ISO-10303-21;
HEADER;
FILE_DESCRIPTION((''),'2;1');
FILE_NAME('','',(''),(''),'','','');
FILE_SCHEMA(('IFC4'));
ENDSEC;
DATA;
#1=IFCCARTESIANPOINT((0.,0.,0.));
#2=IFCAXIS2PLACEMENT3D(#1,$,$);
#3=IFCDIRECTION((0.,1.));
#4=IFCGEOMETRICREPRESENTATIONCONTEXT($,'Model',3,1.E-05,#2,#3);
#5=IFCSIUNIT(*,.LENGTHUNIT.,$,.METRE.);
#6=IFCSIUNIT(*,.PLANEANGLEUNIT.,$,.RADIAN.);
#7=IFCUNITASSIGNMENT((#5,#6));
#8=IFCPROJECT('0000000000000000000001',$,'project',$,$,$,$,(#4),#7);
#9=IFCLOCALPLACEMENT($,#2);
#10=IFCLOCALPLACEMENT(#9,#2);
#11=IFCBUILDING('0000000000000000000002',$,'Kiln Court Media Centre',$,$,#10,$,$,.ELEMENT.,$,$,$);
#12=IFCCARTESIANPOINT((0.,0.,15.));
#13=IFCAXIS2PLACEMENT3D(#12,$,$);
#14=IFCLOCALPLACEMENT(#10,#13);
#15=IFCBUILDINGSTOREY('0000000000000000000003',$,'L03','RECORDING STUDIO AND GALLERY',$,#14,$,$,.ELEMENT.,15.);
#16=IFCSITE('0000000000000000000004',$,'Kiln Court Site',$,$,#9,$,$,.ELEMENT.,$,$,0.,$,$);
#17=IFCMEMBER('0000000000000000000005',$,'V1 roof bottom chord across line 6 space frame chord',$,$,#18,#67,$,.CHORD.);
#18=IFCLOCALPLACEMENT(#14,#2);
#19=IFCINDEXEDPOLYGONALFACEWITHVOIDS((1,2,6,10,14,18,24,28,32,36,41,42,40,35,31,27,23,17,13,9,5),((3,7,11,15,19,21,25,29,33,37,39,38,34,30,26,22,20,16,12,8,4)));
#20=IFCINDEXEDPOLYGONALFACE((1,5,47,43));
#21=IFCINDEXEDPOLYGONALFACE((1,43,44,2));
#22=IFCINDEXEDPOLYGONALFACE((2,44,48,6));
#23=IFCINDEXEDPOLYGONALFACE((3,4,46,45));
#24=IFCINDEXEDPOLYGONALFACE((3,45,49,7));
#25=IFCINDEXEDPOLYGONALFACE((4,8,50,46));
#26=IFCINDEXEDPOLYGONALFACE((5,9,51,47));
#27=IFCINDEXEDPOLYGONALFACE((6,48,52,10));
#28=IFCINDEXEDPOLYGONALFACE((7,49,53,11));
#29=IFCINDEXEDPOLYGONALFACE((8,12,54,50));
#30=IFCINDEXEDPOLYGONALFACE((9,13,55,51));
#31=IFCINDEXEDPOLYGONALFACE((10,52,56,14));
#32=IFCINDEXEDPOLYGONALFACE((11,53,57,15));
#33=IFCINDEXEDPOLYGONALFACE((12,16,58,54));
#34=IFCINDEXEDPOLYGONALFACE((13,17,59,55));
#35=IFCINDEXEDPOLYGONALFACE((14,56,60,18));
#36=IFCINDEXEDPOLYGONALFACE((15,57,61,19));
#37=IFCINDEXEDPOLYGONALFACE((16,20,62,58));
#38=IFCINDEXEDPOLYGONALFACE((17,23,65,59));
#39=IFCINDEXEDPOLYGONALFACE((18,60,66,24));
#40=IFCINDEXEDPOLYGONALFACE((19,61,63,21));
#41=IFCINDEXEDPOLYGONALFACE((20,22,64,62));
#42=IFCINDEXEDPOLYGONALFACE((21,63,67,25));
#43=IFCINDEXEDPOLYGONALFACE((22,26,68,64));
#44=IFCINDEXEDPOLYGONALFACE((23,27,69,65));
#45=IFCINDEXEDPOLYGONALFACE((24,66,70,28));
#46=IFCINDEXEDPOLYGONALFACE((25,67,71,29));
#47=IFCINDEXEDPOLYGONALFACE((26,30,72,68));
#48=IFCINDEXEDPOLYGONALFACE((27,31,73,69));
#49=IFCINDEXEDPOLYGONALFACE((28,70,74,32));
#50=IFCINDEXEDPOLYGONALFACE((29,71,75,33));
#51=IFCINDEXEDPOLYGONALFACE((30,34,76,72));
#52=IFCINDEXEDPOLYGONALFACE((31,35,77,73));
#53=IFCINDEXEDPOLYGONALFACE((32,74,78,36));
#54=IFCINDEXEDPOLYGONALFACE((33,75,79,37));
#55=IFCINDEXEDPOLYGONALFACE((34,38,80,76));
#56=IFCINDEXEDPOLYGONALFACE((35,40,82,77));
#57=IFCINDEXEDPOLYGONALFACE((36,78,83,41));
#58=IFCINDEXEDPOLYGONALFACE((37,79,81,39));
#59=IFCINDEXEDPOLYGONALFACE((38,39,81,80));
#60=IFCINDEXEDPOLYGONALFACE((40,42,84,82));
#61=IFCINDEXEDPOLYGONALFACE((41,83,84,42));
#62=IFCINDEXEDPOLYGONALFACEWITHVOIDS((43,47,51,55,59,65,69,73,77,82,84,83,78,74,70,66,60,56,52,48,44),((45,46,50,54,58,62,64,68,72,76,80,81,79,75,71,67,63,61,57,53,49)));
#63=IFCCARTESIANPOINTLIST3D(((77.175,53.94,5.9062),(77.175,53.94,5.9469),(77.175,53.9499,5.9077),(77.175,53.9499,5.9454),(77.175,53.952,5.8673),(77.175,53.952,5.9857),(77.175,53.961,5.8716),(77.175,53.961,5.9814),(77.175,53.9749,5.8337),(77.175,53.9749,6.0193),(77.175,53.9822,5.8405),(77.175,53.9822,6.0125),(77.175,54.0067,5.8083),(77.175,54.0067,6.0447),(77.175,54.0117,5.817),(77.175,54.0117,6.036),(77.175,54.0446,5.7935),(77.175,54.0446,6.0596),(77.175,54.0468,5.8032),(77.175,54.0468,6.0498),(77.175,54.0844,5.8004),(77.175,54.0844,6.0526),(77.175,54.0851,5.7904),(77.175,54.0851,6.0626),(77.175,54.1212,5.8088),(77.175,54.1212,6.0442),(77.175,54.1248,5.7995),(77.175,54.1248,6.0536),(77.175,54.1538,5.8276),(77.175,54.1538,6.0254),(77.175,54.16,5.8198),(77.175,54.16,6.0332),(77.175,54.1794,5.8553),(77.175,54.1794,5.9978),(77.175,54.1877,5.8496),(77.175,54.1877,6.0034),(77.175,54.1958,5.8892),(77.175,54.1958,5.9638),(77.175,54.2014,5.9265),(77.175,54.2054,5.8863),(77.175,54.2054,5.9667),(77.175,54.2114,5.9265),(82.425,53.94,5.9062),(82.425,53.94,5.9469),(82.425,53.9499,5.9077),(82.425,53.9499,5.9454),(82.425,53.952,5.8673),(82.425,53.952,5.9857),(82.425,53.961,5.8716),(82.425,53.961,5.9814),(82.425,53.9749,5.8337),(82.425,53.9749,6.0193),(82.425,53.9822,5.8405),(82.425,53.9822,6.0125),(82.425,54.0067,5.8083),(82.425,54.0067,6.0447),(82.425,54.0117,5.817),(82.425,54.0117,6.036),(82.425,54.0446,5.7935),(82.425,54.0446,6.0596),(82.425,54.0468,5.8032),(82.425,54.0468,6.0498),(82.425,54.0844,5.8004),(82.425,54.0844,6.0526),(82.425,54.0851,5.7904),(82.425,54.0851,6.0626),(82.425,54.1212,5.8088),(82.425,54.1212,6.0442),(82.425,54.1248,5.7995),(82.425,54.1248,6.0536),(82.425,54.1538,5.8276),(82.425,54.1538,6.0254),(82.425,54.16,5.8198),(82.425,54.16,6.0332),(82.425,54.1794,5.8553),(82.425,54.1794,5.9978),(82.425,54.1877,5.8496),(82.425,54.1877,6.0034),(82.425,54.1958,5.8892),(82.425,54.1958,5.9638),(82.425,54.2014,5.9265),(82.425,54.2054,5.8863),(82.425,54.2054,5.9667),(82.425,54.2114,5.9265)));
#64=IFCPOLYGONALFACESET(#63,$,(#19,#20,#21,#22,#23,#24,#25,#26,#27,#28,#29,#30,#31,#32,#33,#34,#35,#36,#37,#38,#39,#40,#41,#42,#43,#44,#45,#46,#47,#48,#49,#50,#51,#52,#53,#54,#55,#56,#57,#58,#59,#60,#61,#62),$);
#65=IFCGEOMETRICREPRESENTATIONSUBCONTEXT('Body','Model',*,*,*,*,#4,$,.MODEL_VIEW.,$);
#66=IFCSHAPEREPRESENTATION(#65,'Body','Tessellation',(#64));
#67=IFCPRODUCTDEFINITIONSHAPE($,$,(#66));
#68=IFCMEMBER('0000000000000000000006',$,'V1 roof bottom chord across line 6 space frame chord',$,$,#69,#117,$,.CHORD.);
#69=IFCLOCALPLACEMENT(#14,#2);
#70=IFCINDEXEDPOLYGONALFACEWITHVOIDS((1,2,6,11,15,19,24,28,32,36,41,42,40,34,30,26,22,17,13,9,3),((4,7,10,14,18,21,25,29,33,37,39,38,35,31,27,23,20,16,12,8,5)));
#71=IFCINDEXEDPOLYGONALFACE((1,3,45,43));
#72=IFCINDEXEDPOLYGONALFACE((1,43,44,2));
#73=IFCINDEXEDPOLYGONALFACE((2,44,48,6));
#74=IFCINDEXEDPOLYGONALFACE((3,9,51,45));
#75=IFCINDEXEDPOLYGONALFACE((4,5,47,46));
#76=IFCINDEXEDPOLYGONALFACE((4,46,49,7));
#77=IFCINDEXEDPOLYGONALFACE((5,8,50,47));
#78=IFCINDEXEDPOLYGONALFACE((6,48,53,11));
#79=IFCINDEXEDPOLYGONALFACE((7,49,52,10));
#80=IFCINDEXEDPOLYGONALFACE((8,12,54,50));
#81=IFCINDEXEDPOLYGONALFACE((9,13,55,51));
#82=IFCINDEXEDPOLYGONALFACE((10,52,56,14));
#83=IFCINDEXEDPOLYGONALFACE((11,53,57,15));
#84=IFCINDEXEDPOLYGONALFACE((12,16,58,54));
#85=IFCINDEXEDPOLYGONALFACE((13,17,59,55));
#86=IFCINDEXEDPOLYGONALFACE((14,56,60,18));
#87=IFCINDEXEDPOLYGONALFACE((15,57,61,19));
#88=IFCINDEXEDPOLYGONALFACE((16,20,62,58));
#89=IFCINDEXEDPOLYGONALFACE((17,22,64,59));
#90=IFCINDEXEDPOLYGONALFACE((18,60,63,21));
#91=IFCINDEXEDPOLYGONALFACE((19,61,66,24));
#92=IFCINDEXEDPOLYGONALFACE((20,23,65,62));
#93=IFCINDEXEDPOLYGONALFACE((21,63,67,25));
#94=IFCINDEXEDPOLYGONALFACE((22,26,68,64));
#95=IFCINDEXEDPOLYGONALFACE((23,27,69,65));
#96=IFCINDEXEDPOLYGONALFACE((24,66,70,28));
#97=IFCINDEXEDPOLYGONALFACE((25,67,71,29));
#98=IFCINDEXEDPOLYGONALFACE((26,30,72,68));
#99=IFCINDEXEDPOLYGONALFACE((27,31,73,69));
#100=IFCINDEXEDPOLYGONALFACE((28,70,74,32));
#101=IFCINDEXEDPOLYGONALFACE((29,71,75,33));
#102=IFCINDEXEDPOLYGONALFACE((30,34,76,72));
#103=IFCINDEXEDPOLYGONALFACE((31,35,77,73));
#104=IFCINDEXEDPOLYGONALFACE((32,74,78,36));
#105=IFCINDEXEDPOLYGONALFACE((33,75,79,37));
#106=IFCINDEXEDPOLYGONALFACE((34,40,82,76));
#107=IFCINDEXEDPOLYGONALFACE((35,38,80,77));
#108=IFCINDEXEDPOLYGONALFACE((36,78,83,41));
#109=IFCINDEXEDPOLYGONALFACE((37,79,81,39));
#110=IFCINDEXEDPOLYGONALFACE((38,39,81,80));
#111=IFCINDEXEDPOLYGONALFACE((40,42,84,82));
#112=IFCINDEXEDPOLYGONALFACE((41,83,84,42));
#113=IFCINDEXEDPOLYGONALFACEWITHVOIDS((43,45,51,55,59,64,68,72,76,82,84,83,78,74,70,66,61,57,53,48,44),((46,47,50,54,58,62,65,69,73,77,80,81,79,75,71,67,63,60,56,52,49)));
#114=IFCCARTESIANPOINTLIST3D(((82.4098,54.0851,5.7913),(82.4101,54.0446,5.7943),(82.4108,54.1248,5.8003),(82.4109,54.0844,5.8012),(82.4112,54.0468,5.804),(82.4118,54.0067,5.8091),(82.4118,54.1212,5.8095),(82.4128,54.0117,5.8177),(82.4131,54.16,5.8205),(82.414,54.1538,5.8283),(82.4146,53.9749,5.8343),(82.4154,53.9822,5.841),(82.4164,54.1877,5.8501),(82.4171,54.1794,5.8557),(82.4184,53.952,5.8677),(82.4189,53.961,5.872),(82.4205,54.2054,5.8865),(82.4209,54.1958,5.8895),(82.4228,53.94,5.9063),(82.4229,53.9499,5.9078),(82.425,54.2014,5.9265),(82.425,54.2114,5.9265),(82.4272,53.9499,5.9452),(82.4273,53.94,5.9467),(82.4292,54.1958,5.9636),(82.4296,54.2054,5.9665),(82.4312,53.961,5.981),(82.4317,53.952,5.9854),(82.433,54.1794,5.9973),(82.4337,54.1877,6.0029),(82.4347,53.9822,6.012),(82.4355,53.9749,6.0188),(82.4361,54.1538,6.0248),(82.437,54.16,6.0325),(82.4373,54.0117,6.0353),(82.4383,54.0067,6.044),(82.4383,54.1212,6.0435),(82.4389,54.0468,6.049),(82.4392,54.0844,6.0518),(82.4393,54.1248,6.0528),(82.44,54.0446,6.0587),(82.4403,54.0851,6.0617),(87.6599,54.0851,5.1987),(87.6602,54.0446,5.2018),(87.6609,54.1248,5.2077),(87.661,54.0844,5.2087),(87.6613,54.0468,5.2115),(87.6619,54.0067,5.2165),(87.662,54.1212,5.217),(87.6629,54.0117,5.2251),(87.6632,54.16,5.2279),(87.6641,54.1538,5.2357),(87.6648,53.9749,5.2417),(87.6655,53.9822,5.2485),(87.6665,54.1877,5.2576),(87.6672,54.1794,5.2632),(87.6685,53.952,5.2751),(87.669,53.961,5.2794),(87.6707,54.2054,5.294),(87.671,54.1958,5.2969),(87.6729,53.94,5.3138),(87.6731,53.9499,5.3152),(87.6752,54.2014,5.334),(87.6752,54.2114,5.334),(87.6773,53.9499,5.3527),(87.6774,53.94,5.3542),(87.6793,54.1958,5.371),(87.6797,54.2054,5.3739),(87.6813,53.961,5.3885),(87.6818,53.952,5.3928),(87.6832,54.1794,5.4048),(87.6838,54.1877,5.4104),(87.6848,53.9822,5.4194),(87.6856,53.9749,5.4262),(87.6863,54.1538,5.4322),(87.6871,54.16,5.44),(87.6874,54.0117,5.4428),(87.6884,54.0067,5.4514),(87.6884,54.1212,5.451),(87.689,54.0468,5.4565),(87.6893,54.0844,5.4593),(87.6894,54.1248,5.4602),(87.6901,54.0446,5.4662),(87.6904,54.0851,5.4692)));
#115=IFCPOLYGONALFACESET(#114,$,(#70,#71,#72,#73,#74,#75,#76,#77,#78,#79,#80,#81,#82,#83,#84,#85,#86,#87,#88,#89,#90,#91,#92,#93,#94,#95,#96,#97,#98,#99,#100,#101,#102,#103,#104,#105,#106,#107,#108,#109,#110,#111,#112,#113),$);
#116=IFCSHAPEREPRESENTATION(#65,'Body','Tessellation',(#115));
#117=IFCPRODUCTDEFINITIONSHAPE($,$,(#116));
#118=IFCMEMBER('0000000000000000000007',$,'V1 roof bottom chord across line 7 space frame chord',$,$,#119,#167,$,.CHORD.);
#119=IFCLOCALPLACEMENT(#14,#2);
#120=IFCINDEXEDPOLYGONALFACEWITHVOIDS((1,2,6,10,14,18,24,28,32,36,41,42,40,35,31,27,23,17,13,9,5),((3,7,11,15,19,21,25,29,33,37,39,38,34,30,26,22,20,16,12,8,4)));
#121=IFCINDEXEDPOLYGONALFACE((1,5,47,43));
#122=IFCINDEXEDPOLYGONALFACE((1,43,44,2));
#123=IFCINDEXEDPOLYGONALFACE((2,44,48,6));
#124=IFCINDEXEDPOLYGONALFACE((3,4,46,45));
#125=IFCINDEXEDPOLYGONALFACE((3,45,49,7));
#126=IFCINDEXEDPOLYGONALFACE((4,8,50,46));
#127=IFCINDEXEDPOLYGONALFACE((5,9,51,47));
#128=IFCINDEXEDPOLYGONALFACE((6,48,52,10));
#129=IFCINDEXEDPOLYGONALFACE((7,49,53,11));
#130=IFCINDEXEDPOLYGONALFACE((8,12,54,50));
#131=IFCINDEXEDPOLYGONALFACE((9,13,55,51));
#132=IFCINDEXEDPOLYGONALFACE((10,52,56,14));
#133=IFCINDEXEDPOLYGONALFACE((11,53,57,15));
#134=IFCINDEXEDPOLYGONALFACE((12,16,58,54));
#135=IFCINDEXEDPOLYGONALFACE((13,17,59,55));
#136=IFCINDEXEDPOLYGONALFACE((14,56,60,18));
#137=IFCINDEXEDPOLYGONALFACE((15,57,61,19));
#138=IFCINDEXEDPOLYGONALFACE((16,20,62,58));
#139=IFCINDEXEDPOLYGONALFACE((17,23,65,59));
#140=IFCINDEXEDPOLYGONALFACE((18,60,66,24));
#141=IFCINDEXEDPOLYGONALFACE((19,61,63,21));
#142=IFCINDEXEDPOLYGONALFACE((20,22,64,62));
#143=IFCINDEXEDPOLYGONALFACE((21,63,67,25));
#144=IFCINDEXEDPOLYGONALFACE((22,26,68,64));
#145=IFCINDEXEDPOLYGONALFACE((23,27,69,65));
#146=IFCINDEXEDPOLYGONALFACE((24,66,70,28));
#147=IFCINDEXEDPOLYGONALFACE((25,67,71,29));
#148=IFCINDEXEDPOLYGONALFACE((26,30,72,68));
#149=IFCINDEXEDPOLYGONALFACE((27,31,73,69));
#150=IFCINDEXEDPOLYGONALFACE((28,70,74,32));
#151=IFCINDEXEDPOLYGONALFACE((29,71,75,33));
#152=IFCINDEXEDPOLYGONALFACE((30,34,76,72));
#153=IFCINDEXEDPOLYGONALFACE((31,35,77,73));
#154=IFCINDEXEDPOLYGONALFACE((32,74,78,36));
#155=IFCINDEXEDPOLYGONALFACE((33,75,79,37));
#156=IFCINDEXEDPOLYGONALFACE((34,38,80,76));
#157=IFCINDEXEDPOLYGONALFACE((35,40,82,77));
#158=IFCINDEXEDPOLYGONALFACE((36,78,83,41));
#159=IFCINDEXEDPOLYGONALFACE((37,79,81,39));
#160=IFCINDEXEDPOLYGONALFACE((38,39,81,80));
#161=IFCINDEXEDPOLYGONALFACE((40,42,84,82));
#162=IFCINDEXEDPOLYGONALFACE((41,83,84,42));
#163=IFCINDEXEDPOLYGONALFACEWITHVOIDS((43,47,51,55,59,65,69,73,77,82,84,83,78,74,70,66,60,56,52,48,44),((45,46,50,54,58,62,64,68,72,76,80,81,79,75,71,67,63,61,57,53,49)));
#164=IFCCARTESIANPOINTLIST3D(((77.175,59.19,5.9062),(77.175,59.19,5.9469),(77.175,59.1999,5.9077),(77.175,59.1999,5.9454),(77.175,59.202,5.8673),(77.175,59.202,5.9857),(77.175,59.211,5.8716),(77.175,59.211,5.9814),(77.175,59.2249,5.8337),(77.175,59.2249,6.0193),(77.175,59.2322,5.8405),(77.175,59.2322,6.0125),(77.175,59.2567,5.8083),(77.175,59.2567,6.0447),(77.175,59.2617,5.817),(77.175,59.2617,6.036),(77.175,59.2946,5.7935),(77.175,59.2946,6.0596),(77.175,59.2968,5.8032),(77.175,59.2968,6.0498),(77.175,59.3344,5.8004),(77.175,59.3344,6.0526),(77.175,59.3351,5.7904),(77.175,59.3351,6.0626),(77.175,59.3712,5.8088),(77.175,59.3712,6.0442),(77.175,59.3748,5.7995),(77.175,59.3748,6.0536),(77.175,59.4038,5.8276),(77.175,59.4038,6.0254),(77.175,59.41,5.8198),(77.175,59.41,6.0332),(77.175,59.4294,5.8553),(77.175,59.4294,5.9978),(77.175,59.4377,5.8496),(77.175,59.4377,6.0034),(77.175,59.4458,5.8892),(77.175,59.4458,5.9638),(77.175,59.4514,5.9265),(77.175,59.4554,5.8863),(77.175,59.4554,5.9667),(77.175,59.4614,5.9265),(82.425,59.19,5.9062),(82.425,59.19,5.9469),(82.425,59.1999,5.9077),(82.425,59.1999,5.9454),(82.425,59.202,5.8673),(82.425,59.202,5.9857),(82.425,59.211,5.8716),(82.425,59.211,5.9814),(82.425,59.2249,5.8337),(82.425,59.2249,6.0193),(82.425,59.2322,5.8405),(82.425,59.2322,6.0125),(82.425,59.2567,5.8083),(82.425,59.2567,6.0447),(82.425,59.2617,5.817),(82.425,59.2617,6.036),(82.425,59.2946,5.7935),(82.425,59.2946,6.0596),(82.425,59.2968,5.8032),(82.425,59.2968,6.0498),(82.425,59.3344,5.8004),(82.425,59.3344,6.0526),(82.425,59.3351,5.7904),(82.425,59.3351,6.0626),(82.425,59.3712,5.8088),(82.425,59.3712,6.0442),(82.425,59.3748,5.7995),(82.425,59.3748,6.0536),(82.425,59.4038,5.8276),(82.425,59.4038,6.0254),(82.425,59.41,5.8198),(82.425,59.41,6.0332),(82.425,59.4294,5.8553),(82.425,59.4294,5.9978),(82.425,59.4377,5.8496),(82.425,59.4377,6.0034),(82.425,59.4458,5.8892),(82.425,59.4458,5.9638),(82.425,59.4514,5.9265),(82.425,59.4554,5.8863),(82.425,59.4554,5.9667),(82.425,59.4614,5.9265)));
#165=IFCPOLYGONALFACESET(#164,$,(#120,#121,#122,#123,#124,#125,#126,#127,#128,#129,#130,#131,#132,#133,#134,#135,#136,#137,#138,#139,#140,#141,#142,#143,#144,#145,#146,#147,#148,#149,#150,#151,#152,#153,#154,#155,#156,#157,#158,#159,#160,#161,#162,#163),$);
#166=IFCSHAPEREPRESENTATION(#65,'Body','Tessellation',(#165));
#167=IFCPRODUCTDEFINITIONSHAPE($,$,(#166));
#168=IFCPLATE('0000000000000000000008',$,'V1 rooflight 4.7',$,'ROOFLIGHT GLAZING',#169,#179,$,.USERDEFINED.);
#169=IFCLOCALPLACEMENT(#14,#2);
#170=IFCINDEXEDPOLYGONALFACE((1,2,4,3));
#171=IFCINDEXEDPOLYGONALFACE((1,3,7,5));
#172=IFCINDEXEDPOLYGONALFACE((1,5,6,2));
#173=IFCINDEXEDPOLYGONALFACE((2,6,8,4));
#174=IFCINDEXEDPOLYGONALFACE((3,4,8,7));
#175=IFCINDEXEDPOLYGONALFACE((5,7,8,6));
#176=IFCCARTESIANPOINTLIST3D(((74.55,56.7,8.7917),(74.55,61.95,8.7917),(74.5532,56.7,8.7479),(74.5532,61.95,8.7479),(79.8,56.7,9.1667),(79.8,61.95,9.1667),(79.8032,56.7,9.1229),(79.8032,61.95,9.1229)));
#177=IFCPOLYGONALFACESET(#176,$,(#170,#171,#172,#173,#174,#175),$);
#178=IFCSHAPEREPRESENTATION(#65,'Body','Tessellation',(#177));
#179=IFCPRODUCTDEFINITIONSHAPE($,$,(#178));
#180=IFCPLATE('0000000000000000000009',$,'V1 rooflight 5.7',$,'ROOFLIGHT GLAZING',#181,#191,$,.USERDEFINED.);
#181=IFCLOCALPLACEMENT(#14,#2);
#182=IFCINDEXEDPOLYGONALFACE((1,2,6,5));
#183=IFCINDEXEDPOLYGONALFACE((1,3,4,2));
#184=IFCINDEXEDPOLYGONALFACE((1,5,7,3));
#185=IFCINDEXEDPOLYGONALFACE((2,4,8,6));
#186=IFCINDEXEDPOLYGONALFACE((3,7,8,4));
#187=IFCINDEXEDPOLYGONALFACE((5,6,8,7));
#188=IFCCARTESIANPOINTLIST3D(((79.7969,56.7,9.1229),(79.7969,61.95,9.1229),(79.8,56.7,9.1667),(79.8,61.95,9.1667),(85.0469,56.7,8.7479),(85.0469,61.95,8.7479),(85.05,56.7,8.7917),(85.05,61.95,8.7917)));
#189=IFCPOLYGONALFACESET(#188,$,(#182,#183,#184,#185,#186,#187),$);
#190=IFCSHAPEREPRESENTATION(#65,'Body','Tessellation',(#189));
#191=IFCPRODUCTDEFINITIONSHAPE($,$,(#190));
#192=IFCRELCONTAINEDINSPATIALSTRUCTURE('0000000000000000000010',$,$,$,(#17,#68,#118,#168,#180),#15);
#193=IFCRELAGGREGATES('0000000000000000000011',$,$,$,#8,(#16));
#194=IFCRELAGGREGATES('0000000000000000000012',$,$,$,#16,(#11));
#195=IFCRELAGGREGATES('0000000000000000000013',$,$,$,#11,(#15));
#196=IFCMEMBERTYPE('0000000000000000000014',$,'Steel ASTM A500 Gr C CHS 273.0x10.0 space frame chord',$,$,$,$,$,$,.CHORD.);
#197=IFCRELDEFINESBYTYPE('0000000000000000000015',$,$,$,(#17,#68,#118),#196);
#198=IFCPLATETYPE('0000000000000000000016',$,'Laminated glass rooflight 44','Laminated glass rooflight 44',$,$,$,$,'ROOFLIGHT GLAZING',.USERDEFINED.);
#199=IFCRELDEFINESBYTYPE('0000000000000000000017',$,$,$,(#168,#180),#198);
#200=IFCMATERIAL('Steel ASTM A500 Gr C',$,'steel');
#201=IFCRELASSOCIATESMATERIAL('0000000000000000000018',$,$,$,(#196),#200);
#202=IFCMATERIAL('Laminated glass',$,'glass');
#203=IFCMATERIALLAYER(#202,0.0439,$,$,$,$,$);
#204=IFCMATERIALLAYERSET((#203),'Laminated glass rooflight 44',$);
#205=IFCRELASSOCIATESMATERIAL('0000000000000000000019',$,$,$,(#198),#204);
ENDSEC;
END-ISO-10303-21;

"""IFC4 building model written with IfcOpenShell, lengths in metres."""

from ifc_helpers import new_model, si_unit, direction, frame, origin, origin_2d, place, context, subcontext, project, spatial, polyline, hollow_circle, outline, extrude, material, layer, layer_set, material_profile, profile_set, type_object, element, save


model = new_model("IFC4")

# Units and contexts
model_context = context("Model", 3, precision=1e-05, world=origin(), true_north=direction((0.0, 1.0)))
body_context = subcontext(model_context, "Body", "Model", "MODEL_VIEW")
ifc_project = project(units=[si_unit("LENGTHUNIT", "METRE"), si_unit("PLANEANGLEUNIT", "RADIAN")], contexts=[model_context])

# Site, building, storey
site_placement = place(None, origin())
site = spatial("IfcSite", under=ifc_project, at=site_placement, Name="Kiln Court Site", CompositionType="ELEMENT", RefElevation=0.0)
building_placement = place(site_placement, origin())
building = spatial("IfcBuilding", under=site, at=building_placement, Name="Kiln Court Media Centre", CompositionType="ELEMENT")
storey_placement = place(building_placement, frame((0.0, 0.0, 15.0)))
storey = spatial("IfcBuildingStorey", under=building, at=storey_placement, Name="L03", Description="RECORDING STUDIO AND GALLERY", CompositionType="ELEMENT", Elevation=15.0)

# Members
ifc_material_1 = material(Name="Steel ASTM A500 Gr C", Category="steel")
ifc_material_profile_1 = material_profile(ifc_material_1, hollow_circle(Radius=0.1365, WallThickness=0.01, at=origin_2d()), Name="CHS 273.0x10.0")
ifc_profile_set_1 = profile_set([ifc_material_profile_1], Name="Steel ASTM A500 Gr C")
member_type_1 = type_object("IfcMemberType", Name="Steel ASTM A500 Gr C CHS 273.0x10.0 space frame chord", PredefinedType="CHORD", material=ifc_profile_set_1)
member_1_placement = place(storey_placement, frame((77.175, 54.075, 5.9265), z_axis=(1.0, 0.0, 0.0), x_axis=(0.0, 1.0, 0.0)))
element("IfcMember", 1, at=member_1_placement, inside=storey, type_object=member_type_1, Name="V1 roof bottom chord across line 6 space frame chord", PredefinedType="CHORD", context=body_context, shape_type="SweptSolid", body=[
    extrude(hollow_circle(Radius=0.1365, WallThickness=0.01, at=origin_2d()), origin(), (0.0, 0.0, 1.0), 5.25),
])
member_2_placement = place(storey_placement, frame((82.425, 54.075, 5.9265), z_axis=(0.993691, 0.0, -0.112151), x_axis=(0.0, 1.0, 0.0)))
element("IfcMember", 2, at=member_2_placement, inside=storey, type_object=member_type_1, Name="V1 roof bottom chord across line 6 space frame chord", PredefinedType="CHORD", context=body_context, shape_type="SweptSolid", body=[
    extrude(hollow_circle(Radius=0.1365, WallThickness=0.01, at=origin_2d()), origin(), (0.0, 0.0, 1.0), 5.2834),
])
member_3_placement = place(storey_placement, frame((77.175, 59.325, 5.9265), z_axis=(1.0, 0.0, 0.0), x_axis=(0.0, 1.0, 0.0)))
element("IfcMember", 3, at=member_3_placement, inside=storey, type_object=member_type_1, Name="V1 roof bottom chord across line 7 space frame chord", PredefinedType="CHORD", context=body_context, shape_type="SweptSolid", body=[
    extrude(hollow_circle(Radius=0.1365, WallThickness=0.01, at=origin_2d()), origin(), (0.0, 0.0, 1.0), 5.25),
])

# Plates
ifc_material_2 = material(Name="Laminated glass", Category="glass")
ifc_layer_1 = layer(ifc_material_2, 0.0439)
ifc_layer_set_1 = layer_set([ifc_layer_1], Name="Laminated glass rooflight 44")
plate_type_1 = type_object("IfcPlateType", Name="Laminated glass rooflight 44", Description="Laminated glass rooflight 44", ElementType="ROOFLIGHT GLAZING", PredefinedType="USERDEFINED", material=ifc_layer_set_1)
for number, where, z_axis, x_axis, name in (
    (4, (74.55, 56.7, 8.7917), (-0.071247, 0.0, 0.997459), (0.997459, 0.0, 0.071247), "V1 rooflight 4.7"),
    (5, (79.8, 56.7, 9.1667), (0.071247, 0.0, 0.997459), (0.997459, 0.0, -0.071247), "V1 rooflight 5.7"),
):
    element("IfcPlate", number, at=place(storey_placement, frame(where, z_axis=z_axis, x_axis=x_axis)), inside=storey, type_object=plate_type_1, Name=name, ObjectType="ROOFLIGHT GLAZING", PredefinedType="USERDEFINED", context=body_context, shape_type="SweptSolid", body=[
        extrude(outline(polyline([(0.0, 0.0), (5.2634, 0.0), (5.2634, 5.25), (0.0, 5.25), (0.0, 0.0)])), origin(), (0.0, 0.0, -1.0), 0.0439),
    ])

save(model, "model.ifc")
